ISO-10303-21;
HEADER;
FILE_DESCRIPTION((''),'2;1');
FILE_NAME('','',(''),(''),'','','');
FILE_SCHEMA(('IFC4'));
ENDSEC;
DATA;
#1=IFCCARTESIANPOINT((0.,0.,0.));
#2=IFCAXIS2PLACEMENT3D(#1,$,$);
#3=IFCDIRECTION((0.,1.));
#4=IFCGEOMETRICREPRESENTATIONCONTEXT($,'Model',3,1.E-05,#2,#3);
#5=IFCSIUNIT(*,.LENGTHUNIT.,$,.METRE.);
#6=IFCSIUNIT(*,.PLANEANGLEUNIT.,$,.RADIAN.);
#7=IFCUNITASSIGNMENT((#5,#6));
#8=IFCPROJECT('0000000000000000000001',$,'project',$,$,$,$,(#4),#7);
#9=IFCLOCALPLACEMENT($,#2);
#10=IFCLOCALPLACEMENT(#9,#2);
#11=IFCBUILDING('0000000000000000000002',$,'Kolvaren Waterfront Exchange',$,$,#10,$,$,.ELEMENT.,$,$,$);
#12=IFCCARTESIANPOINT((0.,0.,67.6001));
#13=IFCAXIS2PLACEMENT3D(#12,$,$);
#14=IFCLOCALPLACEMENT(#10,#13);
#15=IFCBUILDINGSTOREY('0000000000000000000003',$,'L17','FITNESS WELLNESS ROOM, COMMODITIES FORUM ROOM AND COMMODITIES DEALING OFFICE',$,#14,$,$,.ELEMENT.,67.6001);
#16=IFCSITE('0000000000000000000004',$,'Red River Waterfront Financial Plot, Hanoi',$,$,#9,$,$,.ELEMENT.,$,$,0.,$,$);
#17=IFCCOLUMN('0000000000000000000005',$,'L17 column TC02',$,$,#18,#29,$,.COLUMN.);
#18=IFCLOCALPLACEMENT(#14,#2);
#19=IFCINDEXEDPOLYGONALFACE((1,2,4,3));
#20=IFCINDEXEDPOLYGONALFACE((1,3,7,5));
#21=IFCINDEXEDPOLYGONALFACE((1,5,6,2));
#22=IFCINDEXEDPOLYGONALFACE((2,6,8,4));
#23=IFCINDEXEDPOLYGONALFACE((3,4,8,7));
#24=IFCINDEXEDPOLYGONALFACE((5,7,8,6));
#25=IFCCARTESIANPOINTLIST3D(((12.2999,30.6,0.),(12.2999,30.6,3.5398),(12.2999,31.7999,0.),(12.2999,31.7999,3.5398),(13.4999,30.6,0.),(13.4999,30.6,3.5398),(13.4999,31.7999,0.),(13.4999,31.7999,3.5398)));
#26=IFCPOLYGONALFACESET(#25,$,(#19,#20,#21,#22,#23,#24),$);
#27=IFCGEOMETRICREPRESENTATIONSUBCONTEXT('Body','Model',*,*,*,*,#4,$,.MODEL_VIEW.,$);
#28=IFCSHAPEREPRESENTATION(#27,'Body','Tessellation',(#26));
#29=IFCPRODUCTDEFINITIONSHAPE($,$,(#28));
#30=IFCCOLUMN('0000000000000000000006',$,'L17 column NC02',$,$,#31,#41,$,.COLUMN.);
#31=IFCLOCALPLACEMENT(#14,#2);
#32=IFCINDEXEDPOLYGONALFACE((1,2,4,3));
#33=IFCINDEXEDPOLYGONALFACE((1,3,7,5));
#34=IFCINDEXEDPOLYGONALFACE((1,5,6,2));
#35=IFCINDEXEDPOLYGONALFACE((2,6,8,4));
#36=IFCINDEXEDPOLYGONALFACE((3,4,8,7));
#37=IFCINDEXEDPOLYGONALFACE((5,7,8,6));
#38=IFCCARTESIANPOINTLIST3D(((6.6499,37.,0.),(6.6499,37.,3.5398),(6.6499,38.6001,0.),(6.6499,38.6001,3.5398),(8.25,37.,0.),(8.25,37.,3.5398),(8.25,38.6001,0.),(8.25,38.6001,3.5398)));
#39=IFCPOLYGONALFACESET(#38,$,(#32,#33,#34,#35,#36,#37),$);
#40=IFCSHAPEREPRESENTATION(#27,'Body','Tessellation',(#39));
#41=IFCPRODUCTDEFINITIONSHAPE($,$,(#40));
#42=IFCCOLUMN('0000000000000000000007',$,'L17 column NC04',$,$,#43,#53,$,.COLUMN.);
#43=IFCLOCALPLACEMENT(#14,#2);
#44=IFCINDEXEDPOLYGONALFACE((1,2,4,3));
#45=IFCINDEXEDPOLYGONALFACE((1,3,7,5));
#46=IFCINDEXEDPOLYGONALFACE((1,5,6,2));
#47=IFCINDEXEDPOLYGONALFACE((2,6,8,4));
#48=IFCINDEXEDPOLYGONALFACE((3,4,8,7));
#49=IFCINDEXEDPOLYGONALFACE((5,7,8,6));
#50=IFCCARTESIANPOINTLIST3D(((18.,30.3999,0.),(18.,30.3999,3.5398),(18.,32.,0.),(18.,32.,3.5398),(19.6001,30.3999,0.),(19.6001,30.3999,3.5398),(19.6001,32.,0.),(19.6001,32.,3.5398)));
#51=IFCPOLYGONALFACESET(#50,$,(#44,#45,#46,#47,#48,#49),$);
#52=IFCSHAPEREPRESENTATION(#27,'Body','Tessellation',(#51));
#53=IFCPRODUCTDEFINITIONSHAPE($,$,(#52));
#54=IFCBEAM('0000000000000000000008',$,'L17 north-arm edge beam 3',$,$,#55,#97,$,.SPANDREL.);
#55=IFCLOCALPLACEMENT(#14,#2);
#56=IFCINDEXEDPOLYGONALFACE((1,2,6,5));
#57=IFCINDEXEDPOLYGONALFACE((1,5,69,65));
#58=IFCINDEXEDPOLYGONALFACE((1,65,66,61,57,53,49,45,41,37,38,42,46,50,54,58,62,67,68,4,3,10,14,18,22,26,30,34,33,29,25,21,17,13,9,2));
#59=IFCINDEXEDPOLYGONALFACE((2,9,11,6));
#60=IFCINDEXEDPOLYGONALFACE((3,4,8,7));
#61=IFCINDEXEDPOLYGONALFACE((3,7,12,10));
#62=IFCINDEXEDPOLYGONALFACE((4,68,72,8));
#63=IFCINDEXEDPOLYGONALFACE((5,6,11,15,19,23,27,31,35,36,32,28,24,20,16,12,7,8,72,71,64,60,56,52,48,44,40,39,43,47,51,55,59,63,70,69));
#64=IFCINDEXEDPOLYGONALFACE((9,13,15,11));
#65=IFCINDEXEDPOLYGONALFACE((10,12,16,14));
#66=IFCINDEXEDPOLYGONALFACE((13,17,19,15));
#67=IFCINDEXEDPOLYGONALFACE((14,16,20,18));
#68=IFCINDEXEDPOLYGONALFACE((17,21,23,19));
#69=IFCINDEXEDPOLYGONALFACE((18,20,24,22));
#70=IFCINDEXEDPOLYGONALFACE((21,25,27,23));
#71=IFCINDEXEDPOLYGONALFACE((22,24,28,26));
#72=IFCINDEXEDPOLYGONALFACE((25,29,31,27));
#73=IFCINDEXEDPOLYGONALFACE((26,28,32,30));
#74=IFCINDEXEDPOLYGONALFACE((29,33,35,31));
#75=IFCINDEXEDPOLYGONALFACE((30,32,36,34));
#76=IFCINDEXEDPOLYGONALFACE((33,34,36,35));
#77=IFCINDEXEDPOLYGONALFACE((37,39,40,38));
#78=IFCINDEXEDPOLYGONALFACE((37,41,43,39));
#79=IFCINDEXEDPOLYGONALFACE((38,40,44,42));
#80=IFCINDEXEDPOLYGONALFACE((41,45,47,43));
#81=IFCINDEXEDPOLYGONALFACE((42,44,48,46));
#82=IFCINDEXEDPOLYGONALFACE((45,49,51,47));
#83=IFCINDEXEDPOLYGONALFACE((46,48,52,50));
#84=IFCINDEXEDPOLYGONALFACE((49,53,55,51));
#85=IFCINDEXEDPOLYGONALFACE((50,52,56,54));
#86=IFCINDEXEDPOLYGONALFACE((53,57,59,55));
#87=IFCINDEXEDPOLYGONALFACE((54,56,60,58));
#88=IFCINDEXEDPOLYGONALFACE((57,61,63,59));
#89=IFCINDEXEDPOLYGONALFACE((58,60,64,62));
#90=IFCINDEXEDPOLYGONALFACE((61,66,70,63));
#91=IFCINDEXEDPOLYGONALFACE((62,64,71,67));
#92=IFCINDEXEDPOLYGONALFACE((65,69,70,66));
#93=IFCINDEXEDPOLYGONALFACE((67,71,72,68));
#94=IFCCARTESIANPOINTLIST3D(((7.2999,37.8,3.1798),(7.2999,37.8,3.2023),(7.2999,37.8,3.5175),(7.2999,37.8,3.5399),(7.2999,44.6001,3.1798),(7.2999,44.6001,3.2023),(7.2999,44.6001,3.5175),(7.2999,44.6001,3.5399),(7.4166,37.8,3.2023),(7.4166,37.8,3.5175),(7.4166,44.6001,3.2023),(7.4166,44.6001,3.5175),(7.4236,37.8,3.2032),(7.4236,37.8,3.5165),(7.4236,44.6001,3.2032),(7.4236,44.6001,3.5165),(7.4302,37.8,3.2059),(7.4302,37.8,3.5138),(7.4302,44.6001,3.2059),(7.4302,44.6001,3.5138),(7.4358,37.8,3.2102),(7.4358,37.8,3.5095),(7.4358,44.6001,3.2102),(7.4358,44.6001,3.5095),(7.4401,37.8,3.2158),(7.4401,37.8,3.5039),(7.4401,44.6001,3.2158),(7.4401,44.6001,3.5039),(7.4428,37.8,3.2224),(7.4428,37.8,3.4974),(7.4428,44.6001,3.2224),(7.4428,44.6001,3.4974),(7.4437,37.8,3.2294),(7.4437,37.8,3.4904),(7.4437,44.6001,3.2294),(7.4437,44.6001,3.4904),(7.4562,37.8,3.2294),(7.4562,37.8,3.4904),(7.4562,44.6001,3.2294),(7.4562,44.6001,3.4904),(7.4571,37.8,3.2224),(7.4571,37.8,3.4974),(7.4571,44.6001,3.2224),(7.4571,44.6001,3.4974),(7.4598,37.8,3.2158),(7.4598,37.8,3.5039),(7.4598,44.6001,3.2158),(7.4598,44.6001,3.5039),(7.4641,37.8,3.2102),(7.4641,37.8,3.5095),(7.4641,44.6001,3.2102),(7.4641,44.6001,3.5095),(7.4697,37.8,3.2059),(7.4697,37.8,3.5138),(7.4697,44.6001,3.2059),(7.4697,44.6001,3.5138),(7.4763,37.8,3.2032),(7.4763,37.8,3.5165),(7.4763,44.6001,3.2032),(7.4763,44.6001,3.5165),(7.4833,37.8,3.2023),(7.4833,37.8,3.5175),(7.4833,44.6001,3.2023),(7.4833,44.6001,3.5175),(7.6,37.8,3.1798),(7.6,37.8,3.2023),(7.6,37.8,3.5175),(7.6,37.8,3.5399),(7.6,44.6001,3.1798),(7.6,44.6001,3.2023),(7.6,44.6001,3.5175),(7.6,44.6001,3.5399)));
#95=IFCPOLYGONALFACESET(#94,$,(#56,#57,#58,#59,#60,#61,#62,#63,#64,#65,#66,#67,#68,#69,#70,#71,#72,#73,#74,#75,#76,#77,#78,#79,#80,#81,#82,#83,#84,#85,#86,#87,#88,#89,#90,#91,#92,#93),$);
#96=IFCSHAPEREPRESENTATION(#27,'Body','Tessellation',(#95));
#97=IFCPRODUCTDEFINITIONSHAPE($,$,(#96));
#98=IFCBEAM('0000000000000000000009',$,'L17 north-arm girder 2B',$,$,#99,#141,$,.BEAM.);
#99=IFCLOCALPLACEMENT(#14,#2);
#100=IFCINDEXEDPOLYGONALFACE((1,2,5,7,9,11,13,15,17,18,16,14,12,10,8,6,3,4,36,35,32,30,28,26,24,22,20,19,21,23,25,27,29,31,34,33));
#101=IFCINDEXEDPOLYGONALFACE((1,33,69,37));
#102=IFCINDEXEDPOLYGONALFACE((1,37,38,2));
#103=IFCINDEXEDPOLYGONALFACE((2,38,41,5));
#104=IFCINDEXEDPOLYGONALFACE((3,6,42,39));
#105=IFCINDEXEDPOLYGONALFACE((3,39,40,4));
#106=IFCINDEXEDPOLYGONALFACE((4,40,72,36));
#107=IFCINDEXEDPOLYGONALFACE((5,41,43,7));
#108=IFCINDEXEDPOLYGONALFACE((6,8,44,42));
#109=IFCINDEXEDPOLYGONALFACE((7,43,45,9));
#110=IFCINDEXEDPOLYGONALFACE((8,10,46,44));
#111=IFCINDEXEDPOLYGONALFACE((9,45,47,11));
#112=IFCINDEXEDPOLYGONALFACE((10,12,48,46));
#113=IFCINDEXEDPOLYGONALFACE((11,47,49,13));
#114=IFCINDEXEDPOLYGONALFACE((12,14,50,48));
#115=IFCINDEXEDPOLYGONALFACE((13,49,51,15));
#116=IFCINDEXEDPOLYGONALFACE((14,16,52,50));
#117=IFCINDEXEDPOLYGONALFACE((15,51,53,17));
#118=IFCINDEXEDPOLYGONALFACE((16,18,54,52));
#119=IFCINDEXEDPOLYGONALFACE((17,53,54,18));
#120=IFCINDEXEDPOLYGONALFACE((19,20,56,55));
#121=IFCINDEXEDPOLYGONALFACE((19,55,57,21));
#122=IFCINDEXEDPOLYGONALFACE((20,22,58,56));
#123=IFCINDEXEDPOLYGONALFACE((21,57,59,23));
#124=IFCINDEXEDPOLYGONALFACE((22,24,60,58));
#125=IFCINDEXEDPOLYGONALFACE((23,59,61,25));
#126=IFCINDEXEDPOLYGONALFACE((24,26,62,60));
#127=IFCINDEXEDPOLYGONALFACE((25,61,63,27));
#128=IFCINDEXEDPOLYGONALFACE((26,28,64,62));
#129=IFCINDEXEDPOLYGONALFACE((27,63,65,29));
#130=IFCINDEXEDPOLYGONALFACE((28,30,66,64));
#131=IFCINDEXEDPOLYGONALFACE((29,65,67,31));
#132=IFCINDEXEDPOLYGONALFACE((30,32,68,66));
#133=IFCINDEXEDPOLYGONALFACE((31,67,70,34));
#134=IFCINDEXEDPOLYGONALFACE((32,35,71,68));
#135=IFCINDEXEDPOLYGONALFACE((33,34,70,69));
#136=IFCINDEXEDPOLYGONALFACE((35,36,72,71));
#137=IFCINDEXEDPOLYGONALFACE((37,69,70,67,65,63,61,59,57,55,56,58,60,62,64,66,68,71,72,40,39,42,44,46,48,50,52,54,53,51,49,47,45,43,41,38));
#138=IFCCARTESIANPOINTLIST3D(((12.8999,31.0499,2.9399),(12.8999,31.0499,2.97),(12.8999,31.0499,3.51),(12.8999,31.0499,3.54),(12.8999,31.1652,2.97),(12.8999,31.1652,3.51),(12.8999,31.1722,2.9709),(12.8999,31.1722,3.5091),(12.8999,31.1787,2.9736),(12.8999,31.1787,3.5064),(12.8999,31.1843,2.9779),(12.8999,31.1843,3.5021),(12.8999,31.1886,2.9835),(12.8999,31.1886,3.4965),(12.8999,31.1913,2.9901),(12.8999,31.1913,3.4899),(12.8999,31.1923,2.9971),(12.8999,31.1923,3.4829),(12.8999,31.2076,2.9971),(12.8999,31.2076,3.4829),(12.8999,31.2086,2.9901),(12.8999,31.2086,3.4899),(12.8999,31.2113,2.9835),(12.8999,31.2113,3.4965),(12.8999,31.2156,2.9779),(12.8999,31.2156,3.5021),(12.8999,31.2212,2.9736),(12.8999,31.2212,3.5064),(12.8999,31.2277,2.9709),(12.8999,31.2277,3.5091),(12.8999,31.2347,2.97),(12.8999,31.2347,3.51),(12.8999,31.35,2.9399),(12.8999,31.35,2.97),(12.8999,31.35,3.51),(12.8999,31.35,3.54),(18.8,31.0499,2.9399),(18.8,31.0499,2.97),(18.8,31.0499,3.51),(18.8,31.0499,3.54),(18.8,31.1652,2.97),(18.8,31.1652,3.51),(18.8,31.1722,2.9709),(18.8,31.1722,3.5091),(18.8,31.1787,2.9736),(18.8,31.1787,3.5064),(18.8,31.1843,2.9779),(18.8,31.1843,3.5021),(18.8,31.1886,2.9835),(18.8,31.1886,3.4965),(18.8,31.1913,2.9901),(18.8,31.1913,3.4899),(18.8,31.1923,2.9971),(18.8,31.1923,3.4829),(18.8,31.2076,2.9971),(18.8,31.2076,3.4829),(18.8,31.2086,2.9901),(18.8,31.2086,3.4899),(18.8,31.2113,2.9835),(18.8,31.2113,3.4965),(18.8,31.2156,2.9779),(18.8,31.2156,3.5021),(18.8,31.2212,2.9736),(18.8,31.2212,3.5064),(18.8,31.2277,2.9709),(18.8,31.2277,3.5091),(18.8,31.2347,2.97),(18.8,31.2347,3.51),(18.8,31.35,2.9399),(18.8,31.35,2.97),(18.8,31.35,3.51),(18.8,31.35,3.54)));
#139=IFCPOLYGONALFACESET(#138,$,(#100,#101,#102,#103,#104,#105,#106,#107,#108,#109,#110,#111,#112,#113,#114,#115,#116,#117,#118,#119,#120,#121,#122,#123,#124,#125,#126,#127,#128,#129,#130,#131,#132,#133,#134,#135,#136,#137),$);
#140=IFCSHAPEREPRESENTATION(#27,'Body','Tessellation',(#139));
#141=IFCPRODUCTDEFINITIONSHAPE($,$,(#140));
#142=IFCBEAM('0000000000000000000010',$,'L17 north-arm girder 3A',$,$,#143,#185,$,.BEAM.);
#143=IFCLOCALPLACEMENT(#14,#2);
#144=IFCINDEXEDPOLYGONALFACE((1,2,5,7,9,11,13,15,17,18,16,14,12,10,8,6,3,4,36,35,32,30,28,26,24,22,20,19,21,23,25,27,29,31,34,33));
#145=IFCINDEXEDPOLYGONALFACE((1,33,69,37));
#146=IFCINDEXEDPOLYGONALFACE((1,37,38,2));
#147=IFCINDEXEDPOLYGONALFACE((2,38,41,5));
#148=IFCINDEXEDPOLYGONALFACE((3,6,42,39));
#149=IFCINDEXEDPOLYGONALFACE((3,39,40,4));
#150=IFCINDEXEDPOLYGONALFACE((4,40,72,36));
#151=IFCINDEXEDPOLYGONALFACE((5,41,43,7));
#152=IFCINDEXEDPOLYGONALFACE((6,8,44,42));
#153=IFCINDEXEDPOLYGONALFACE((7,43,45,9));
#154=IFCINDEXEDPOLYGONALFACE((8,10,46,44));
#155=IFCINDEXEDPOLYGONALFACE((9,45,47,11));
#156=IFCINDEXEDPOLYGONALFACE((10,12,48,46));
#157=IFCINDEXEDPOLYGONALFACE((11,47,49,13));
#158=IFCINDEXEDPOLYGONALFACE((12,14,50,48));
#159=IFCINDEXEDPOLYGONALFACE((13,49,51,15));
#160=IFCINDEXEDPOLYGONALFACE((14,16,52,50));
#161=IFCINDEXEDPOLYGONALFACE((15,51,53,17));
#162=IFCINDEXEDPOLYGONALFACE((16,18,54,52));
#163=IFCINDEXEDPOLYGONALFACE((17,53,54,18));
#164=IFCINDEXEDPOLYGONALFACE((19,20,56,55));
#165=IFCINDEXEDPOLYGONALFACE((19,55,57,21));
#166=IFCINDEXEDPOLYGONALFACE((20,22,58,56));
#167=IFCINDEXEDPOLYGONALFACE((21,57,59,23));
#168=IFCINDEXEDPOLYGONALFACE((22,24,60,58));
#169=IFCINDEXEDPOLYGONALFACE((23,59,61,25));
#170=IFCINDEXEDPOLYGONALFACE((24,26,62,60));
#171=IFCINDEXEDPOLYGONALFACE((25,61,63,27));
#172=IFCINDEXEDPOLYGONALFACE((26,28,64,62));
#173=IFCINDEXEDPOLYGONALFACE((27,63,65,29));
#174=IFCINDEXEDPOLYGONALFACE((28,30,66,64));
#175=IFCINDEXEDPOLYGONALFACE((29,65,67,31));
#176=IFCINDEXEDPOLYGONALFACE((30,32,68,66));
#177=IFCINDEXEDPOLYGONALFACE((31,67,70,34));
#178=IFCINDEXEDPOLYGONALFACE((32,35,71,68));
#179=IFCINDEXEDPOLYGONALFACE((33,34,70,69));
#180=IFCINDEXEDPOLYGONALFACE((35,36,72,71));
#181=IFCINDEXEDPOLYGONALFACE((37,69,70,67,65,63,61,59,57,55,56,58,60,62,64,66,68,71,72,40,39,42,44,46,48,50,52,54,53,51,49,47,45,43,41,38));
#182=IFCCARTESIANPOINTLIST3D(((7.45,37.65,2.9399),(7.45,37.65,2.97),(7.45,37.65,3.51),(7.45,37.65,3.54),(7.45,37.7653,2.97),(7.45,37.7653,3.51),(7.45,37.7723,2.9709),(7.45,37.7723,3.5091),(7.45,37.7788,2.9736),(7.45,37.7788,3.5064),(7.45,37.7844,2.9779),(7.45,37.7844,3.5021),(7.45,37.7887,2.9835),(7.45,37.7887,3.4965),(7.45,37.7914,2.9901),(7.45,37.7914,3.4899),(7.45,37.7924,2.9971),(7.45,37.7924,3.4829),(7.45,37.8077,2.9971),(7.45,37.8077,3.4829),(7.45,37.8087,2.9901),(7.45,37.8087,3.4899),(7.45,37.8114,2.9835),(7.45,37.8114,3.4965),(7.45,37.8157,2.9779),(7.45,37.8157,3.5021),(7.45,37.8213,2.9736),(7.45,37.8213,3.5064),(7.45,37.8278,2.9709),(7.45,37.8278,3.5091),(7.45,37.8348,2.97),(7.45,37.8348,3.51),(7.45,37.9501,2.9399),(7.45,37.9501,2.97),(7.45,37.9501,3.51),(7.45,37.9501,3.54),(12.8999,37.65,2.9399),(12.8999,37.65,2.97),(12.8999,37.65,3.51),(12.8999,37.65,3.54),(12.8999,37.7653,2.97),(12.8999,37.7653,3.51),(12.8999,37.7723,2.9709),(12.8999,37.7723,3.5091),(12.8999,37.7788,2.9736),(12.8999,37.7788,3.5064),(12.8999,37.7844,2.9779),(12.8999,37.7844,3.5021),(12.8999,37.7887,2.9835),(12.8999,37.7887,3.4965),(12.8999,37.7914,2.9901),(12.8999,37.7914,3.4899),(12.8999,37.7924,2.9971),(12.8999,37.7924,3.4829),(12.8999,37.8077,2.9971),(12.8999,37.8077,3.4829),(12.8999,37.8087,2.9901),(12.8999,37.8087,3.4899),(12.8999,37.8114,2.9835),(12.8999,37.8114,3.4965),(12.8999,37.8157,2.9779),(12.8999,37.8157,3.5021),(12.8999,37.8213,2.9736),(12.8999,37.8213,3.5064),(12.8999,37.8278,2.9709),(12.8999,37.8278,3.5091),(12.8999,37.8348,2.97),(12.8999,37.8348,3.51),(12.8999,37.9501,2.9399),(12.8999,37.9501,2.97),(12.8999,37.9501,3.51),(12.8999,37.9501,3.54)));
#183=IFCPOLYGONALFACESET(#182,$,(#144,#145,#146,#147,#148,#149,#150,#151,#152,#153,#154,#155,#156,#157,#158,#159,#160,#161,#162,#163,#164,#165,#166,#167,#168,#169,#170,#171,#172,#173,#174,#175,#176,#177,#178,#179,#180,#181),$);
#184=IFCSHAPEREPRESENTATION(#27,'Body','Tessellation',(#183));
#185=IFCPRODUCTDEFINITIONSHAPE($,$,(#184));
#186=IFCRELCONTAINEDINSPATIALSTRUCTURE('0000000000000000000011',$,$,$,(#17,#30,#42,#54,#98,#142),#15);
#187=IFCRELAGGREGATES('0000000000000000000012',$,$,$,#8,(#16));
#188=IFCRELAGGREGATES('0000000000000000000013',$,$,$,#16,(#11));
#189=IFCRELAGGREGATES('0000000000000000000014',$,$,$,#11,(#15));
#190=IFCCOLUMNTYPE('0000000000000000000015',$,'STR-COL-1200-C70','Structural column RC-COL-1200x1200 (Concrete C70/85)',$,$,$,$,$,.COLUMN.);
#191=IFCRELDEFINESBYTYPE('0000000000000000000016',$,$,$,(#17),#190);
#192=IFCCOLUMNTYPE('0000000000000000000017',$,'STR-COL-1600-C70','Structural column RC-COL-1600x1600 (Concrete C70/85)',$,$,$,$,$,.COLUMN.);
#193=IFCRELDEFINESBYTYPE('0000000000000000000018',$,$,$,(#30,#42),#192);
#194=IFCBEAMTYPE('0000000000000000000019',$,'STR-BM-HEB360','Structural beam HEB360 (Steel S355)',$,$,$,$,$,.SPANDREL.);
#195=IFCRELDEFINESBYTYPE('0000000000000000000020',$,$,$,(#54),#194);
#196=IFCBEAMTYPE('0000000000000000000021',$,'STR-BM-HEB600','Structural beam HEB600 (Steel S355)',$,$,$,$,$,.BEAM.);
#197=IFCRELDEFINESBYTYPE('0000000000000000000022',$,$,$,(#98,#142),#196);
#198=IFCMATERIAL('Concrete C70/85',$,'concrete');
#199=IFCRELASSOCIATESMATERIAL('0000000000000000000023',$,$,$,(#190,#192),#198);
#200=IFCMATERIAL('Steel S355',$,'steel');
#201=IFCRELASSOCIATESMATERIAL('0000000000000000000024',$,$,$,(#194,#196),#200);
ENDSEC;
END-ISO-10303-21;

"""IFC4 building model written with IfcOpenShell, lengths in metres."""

from ifc_helpers import new_model, si_unit, direction, frame, origin, origin_2d, place, context, subcontext, project, spatial, rectangle, i_section, extrude, material, material_profile, profile_set, type_object, element, save


model = new_model("IFC4")

# Units and contexts
model_context = context("Model", 3, precision=1e-05, world=origin(), true_north=direction((0.0, 1.0)))
body_context = subcontext(model_context, "Body", "Model", "MODEL_VIEW")
ifc_project = project(units=[si_unit("LENGTHUNIT", "METRE"), si_unit("PLANEANGLEUNIT", "RADIAN")], contexts=[model_context])

# Site, building, storey
site_placement = place(None, origin())
site = spatial("IfcSite", under=ifc_project, at=site_placement, Name="Red River Waterfront Financial Plot, Hanoi", CompositionType="ELEMENT", RefElevation=0.0)
building_placement = place(site_placement, origin())
building = spatial("IfcBuilding", under=site, at=building_placement, Name="Kolvaren Waterfront Exchange", CompositionType="ELEMENT")
storey_placement = place(building_placement, frame((0.0, 0.0, 67.6001)))
storey = spatial("IfcBuildingStorey", under=building, at=storey_placement, Name="L17", Description="FITNESS WELLNESS ROOM, COMMODITIES FORUM ROOM AND COMMODITIES DEALING OFFICE", CompositionType="ELEMENT", Elevation=67.6001)

# Columns
ifc_material_1 = material(Name="Concrete C70/85", Category="concrete")
ifc_material_profile_1 = material_profile(ifc_material_1, rectangle(XDim=1.2, YDim=1.2, at=origin_2d()), Name="RC-COL-1200x1200")
ifc_profile_set_1 = profile_set([ifc_material_profile_1], Name="Concrete C70/85")
column_type_1 = type_object("IfcColumnType", Name="STR-COL-1200-C70", Description="Structural column RC-COL-1200x1200 (Concrete C70/85)", PredefinedType="COLUMN", material=ifc_profile_set_1)
column_placement = place(storey_placement, frame((12.8999, 31.2, 0.0), z_axis=(0.0, 0.0, 1.0), x_axis=(1.0, 0.0, 0.0)))
element("IfcColumn", 1, at=column_placement, inside=storey, type_object=column_type_1, Name="L17 column TC02", PredefinedType="COLUMN", context=body_context, shape_type="SweptSolid", body=[
    extrude(rectangle(XDim=1.2, YDim=1.2, at=origin_2d()), origin(), (0.0, 0.0, 1.0), 3.5398),
])
ifc_material_profile_2 = material_profile(ifc_material_1, rectangle(XDim=1.6001, YDim=1.6001, at=origin_2d()), Name="RC-COL-1600x1600")
ifc_profile_set_2 = profile_set([ifc_material_profile_2], Name="Concrete C70/85")
column_type_2 = type_object("IfcColumnType", Name="STR-COL-1600-C70", Description="Structural column RC-COL-1600x1600 (Concrete C70/85)", PredefinedType="COLUMN", material=ifc_profile_set_2)
for number, where, z_axis, x_axis, name in (
    (2, (7.45, 37.8, 0.0), (0.0, 0.0, 1.0), (1.0, 0.0, 0.0), "L17 column NC02"),
    (3, (18.8, 31.2, 0.0), (0.0, 0.0, 1.0), (1.0, 0.0, 0.0), "L17 column NC04"),
):
    element("IfcColumn", number, at=place(storey_placement, frame(where, z_axis=z_axis, x_axis=x_axis)), inside=storey, type_object=column_type_2, Name=name, PredefinedType="COLUMN", context=body_context, shape_type="SweptSolid", body=[
        extrude(rectangle(XDim=1.6001, YDim=1.6001, at=origin_2d()), origin(), (0.0, 0.0, 1.0), 3.5398),
    ])

# Beams
ifc_material_2 = material(Name="Steel S355", Category="steel")
ifc_material_profile_3 = material_profile(ifc_material_2, i_section(OverallWidth=0.3, OverallDepth=0.3601, WebThickness=0.0125, FlangeThickness=0.0225, FilletRadius=0.0271, at=origin_2d()), Name="HEB360")
ifc_profile_set_3 = profile_set([ifc_material_profile_3], Name="Steel S355")
beam_type_1 = type_object("IfcBeamType", Name="STR-BM-HEB360", Description="Structural beam HEB360 (Steel S355)", PredefinedType="SPANDREL", material=ifc_profile_set_3)
beam_1_placement = place(storey_placement, frame((7.45, 37.8, 3.3599), z_axis=(0.0, 1.0, 0.0), x_axis=(-1.0, 0.0, 0.0)))
element("IfcBeam", 4, at=beam_1_placement, inside=storey, type_object=beam_type_1, Name="L17 north-arm edge beam 3", PredefinedType="SPANDREL", context=body_context, shape_type="SweptSolid", body=[
    extrude(i_section(OverallWidth=0.3, OverallDepth=0.3601, WebThickness=0.0125, FlangeThickness=0.0225, FilletRadius=0.0271, at=origin_2d()), origin(), (0.0, 0.0, 1.0), 6.8),
])
ifc_material_profile_4 = material_profile(ifc_material_2, i_section(OverallWidth=0.3, OverallDepth=0.6001, WebThickness=0.0154, FlangeThickness=0.03, FilletRadius=0.0271, at=origin_2d()), Name="HEB600")
ifc_profile_set_4 = profile_set([ifc_material_profile_4], Name="Steel S355")
beam_type_2 = type_object("IfcBeamType", Name="STR-BM-HEB600", Description="Structural beam HEB600 (Steel S355)", PredefinedType="BEAM", material=ifc_profile_set_4)
beam_2_placement = place(storey_placement, frame((12.8999, 31.2, 3.24), z_axis=(1.0, 0.0, 0.0), x_axis=(0.0, 1.0, 0.0)))
element("IfcBeam", 5, at=beam_2_placement, inside=storey, type_object=beam_type_2, Name="L17 north-arm girder 2B", PredefinedType="BEAM", context=body_context, shape_type="SweptSolid", body=[
    extrude(i_section(OverallWidth=0.3, OverallDepth=0.6001, WebThickness=0.0154, FlangeThickness=0.03, FilletRadius=0.0271, at=origin_2d()), origin(), (0.0, 0.0, 1.0), 5.9001),
])
beam_3_placement = place(storey_placement, frame((7.45, 37.8, 3.24), z_axis=(1.0, 0.0, 0.0), x_axis=(0.0, 1.0, 0.0)))
element("IfcBeam", 6, at=beam_3_placement, inside=storey, type_object=beam_type_2, Name="L17 north-arm girder 3A", PredefinedType="BEAM", context=body_context, shape_type="SweptSolid", body=[
    extrude(i_section(OverallWidth=0.3, OverallDepth=0.6001, WebThickness=0.0154, FlangeThickness=0.03, FilletRadius=0.0271, at=origin_2d()), origin(), (0.0, 0.0, 1.0), 5.45),
])

save(model, "model.ifc")
